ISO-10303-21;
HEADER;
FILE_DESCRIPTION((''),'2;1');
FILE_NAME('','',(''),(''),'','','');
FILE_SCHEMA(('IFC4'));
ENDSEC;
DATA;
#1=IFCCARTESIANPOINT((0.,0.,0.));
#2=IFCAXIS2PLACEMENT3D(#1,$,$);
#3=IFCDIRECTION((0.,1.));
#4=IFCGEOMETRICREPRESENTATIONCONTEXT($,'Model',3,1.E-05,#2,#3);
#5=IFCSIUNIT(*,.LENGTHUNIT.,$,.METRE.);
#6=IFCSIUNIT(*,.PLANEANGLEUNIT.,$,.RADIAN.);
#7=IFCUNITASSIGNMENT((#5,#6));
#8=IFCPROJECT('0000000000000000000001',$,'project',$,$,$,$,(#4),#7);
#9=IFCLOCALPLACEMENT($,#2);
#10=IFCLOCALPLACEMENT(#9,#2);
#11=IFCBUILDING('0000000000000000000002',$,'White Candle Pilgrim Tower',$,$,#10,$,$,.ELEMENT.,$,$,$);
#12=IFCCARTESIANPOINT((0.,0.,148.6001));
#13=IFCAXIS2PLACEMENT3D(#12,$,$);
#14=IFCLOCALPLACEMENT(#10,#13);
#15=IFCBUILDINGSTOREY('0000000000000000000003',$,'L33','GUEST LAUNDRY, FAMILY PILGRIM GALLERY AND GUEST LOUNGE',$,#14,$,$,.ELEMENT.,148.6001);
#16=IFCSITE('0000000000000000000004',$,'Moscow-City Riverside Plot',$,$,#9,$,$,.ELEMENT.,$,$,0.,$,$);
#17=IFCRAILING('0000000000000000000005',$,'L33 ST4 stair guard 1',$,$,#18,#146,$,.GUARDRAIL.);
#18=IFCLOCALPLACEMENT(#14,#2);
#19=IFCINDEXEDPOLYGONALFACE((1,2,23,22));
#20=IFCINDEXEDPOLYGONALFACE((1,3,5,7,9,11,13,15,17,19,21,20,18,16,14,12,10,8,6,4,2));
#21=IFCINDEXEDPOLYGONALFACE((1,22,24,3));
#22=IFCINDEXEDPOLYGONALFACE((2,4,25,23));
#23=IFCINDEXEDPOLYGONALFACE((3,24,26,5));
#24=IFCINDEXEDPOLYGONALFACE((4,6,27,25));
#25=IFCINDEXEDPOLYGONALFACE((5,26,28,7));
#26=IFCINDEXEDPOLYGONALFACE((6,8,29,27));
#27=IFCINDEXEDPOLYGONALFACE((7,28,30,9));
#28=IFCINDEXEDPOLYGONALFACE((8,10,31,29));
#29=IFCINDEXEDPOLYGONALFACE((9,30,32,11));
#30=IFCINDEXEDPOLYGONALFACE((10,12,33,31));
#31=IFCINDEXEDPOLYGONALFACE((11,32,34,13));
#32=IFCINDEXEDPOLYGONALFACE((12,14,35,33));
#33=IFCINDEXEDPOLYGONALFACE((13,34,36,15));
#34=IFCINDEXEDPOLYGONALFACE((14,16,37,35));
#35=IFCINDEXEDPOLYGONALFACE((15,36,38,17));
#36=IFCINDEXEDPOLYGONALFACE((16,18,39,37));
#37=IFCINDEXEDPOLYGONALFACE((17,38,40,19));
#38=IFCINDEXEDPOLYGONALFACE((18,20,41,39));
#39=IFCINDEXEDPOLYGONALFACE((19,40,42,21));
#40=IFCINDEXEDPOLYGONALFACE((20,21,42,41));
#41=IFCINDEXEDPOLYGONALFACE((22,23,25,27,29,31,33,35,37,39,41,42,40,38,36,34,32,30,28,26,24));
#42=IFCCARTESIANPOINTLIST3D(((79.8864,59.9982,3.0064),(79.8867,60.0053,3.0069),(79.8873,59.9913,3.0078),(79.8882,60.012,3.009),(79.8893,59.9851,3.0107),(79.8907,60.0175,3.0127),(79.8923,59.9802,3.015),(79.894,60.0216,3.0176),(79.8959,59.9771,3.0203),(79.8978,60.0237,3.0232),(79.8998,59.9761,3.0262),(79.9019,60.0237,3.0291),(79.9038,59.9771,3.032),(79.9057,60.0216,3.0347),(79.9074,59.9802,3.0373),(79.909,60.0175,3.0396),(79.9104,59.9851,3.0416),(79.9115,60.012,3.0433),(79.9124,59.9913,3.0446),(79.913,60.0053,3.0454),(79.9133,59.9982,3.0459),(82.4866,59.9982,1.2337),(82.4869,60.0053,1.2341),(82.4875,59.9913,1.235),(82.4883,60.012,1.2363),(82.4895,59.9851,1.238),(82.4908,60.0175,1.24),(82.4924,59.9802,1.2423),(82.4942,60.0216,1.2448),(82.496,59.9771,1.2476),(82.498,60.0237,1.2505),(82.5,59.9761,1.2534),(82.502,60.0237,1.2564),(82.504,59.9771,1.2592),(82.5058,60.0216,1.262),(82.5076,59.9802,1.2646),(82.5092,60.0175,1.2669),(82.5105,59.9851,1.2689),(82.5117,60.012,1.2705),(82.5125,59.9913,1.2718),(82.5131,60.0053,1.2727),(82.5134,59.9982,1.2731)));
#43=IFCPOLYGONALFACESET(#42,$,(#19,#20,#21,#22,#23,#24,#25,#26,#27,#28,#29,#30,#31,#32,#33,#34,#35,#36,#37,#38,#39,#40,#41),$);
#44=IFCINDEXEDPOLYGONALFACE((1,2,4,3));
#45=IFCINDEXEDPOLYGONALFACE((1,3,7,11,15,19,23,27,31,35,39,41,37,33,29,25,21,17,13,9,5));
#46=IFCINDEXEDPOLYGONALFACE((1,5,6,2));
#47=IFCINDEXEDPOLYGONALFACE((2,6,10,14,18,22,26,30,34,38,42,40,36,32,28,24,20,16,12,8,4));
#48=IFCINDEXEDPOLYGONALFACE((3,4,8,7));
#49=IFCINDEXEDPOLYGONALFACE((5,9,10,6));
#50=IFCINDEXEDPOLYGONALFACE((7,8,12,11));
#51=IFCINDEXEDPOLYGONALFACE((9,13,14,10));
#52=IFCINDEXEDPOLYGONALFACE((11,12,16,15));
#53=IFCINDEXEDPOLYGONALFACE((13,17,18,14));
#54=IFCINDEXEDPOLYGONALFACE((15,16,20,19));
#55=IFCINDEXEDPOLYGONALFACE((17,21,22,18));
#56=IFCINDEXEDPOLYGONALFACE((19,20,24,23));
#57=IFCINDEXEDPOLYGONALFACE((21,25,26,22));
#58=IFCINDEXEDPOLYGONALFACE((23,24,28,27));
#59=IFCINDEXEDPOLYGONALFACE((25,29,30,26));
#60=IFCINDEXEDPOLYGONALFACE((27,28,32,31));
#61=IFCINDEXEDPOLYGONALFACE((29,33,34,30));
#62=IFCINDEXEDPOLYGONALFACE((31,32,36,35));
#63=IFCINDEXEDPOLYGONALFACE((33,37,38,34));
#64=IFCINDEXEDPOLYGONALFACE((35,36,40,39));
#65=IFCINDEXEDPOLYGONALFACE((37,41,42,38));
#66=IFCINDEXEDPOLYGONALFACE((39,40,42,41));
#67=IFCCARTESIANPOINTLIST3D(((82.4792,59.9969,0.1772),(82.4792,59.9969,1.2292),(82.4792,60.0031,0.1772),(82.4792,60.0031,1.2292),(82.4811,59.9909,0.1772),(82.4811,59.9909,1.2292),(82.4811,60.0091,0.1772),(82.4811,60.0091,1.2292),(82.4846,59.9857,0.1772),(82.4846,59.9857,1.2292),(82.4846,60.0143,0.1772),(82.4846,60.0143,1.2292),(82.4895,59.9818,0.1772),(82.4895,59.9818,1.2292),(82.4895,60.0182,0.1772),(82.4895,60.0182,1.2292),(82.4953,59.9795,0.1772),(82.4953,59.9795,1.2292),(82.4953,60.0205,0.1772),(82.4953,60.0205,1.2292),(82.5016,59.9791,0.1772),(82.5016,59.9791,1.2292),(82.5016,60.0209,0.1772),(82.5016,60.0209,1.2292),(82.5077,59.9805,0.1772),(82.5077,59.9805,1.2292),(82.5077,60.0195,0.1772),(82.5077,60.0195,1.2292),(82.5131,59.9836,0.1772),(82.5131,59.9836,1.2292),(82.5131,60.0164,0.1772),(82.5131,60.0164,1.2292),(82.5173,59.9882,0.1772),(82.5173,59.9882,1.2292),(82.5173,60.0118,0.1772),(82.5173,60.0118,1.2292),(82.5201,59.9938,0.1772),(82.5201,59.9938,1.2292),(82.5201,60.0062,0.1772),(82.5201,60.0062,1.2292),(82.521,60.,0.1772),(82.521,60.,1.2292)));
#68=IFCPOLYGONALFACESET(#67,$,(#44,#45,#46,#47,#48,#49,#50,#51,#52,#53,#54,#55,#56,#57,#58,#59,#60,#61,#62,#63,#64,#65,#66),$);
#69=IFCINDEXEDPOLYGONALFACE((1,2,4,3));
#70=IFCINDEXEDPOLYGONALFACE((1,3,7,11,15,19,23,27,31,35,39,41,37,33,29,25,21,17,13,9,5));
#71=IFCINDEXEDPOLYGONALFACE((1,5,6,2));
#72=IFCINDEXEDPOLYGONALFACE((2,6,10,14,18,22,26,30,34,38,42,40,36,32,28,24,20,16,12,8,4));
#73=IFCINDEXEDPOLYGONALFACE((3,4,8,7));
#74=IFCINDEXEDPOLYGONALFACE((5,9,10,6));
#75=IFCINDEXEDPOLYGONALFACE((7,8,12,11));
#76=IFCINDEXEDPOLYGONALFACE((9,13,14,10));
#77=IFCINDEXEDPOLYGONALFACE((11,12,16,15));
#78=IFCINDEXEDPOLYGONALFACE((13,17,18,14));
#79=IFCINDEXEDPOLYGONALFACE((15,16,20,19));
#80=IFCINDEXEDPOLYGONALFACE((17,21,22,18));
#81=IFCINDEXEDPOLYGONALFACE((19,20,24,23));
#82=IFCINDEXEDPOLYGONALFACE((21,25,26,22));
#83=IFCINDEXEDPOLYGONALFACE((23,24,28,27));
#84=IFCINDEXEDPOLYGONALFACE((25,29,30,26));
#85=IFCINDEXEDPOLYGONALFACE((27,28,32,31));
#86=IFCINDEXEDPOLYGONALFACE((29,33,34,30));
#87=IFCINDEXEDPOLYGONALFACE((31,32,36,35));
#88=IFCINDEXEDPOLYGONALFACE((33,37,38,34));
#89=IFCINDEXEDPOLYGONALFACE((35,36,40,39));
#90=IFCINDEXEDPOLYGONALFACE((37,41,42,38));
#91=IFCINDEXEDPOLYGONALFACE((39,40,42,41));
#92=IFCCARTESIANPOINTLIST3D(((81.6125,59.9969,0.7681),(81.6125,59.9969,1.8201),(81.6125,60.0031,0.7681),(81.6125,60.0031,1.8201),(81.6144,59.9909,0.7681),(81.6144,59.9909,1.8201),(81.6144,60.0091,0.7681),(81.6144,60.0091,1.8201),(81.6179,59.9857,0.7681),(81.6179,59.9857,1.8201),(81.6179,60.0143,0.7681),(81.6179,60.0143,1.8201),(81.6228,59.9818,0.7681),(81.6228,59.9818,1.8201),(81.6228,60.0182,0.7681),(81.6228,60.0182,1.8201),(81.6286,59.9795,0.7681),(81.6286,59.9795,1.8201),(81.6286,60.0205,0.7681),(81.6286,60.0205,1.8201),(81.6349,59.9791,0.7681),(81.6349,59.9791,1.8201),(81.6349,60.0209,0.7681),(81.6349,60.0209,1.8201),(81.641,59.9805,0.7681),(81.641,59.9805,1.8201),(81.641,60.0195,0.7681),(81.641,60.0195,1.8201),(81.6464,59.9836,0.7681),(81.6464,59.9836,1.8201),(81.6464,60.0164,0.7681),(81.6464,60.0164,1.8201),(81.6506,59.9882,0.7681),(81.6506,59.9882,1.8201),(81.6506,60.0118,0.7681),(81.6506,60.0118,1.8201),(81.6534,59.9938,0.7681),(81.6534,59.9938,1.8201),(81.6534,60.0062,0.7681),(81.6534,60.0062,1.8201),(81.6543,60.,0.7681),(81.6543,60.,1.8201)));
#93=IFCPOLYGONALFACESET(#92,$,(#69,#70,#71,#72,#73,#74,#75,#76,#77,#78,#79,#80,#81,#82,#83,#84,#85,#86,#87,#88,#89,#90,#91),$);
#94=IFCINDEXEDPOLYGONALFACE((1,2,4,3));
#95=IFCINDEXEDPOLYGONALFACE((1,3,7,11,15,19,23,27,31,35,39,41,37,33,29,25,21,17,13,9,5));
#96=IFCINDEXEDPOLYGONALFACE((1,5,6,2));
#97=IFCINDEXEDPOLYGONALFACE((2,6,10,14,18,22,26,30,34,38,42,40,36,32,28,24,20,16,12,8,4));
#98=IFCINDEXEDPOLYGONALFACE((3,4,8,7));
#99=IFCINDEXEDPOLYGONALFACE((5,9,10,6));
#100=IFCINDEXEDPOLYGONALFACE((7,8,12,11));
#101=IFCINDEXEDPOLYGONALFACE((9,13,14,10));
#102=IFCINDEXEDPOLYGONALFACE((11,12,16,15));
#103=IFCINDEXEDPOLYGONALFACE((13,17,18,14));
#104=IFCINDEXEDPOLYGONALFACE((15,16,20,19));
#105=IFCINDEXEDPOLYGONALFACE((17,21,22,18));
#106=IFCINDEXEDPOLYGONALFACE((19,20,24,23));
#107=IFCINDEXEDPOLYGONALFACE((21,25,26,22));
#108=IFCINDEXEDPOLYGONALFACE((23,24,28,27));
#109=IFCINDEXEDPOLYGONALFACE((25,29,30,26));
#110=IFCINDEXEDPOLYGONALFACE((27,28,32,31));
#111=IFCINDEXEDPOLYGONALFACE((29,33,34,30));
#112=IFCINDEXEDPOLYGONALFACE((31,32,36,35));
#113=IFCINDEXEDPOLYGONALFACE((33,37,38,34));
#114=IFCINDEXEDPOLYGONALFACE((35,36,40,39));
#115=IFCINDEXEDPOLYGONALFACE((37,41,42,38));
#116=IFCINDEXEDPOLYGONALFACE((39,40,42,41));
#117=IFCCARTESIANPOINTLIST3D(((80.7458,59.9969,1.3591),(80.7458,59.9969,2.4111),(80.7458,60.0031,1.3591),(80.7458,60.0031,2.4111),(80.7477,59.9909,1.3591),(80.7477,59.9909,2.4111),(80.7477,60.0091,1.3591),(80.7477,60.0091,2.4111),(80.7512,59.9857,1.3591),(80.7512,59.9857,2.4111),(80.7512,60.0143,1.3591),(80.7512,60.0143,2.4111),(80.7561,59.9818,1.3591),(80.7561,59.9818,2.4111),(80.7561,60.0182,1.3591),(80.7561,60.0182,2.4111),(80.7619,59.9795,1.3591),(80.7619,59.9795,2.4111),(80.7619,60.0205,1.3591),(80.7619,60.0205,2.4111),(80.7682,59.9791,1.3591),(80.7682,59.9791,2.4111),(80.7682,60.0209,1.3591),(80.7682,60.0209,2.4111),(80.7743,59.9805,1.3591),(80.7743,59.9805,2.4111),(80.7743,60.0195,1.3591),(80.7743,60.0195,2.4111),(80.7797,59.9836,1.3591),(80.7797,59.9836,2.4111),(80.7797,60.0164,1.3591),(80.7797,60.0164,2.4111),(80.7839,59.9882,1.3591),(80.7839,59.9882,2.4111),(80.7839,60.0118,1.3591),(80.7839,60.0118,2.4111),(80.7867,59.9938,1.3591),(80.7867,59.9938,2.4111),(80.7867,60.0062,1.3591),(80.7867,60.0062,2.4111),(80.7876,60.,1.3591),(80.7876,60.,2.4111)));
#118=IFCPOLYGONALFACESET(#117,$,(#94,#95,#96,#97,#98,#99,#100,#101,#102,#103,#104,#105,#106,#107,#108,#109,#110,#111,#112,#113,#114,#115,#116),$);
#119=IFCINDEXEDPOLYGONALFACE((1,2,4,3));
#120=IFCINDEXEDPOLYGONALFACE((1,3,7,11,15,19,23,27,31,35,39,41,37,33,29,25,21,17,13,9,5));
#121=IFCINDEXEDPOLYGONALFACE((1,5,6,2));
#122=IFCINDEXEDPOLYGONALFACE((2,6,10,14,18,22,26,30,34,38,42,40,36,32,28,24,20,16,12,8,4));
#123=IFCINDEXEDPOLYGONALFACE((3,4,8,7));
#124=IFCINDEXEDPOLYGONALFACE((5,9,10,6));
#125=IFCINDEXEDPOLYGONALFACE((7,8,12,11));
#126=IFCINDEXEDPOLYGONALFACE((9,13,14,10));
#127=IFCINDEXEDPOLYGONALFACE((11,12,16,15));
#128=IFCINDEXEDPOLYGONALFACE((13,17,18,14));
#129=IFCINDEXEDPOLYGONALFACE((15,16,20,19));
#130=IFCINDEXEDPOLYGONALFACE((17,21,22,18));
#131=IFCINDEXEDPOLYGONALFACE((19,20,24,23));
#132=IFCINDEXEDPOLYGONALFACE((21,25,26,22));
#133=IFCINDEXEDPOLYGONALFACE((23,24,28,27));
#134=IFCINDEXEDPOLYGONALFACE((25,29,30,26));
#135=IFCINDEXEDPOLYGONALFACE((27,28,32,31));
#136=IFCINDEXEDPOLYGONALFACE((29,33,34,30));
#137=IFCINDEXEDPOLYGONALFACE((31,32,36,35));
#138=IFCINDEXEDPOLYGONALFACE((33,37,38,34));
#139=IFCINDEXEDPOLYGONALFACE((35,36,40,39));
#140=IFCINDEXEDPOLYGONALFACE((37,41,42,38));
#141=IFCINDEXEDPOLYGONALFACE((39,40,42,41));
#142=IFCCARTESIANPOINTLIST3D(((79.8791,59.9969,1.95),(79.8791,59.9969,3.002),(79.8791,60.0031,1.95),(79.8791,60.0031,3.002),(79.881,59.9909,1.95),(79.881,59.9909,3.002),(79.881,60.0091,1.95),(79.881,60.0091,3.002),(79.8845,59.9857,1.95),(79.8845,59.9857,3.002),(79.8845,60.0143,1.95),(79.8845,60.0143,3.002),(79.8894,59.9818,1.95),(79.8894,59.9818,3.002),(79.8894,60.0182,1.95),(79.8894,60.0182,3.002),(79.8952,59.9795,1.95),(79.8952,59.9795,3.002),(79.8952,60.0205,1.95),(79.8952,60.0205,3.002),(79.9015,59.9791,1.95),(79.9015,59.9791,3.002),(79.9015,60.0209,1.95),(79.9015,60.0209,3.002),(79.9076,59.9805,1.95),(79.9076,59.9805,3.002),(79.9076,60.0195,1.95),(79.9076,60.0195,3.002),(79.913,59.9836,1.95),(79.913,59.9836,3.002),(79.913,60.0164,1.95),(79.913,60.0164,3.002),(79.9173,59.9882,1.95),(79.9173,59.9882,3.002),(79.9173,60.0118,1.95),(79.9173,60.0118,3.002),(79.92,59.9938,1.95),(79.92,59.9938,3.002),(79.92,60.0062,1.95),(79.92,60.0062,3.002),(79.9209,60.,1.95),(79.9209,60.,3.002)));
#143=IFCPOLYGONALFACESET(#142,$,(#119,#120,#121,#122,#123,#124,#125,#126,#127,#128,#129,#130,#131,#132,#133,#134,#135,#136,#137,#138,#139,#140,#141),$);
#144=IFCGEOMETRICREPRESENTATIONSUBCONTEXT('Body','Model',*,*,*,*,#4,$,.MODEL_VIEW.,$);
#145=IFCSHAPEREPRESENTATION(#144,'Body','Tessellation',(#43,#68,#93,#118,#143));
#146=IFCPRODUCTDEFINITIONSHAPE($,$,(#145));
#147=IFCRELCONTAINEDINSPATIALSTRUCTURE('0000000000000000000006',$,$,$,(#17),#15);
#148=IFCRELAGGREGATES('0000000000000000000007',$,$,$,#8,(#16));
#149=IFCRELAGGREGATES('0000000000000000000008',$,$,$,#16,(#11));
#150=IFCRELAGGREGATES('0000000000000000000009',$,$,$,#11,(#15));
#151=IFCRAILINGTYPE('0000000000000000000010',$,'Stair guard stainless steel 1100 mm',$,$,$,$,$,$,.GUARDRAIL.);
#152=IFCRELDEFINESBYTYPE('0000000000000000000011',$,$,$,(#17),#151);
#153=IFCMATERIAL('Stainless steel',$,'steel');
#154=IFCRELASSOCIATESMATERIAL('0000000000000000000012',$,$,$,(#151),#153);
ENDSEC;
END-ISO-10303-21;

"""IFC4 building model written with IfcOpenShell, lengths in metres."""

from ifc_helpers import new_model, si_unit, direction, frame, origin, origin_2d, place, context, subcontext, project, spatial, circle, extrude, material, type_object, element, save


model = new_model("IFC4")

# Units and contexts
model_context = context("Model", 3, precision=1e-05, world=origin(), true_north=direction((0.0, 1.0)))
body_context = subcontext(model_context, "Body", "Model", "MODEL_VIEW")
ifc_project = project(units=[si_unit("LENGTHUNIT", "METRE"), si_unit("PLANEANGLEUNIT", "RADIAN")], contexts=[model_context])

# Site, building, storey
site_placement = place(None, origin())
site = spatial("IfcSite", under=ifc_project, at=site_placement, Name="Moscow-City Riverside Plot", CompositionType="ELEMENT", RefElevation=0.0)
building_placement = place(site_placement, origin())
building = spatial("IfcBuilding", under=site, at=building_placement, Name="White Candle Pilgrim Tower", CompositionType="ELEMENT")
storey_placement = place(building_placement, frame((0.0, 0.0, 148.6001)))
storey = spatial("IfcBuildingStorey", under=building, at=storey_placement, Name="L33", Description="GUEST LAUNDRY, FAMILY PILGRIM GALLERY AND GUEST LOUNGE", CompositionType="ELEMENT", Elevation=148.6001)

# Railing
ifc_material_1 = material(Name="Stainless steel", Category="steel")
railing_type_1 = type_object("IfcRailingType", Name="Stair guard stainless steel 1100 mm", PredefinedType="GUARDRAIL", material=ifc_material_1)
railing_1_placement = place(storey_placement, frame((82.5, 60.0, 0.1772)))
element("IfcRailing", 1, at=railing_1_placement, inside=storey, type_object=railing_type_1, Name="L33 ST4 stair guard 1", PredefinedType="GUARDRAIL", context=body_context, shape_type="SweptSolid", body=[
    extrude(circle(Radius=0.0239, at=origin_2d()), frame((0.0, 0.0, 1.0762), z_axis=(-0.82624, 0.0, 0.563318), x_axis=(0.0, -1.0, 0.0)), (0.0, 0.0, 1.0), 3.147),
    extrude(circle(Radius=0.021, at=origin_2d()), origin(), (0.0, 0.0, 1.0), 1.052),
    extrude(circle(Radius=0.021, at=origin_2d()), frame((-0.8667, 0.0, 0.5908)), (0.0, 0.0, 1.0), 1.052),
    extrude(circle(Radius=0.021, at=origin_2d()), frame((-1.7334, 0.0, 1.1819)), (0.0, 0.0, 1.0), 1.052),
    extrude(circle(Radius=0.021, at=origin_2d()), frame((-2.6001, 0.0, 1.7727)), (0.0, 0.0, 1.0), 1.052),
])

save(model, "model.ifc")
